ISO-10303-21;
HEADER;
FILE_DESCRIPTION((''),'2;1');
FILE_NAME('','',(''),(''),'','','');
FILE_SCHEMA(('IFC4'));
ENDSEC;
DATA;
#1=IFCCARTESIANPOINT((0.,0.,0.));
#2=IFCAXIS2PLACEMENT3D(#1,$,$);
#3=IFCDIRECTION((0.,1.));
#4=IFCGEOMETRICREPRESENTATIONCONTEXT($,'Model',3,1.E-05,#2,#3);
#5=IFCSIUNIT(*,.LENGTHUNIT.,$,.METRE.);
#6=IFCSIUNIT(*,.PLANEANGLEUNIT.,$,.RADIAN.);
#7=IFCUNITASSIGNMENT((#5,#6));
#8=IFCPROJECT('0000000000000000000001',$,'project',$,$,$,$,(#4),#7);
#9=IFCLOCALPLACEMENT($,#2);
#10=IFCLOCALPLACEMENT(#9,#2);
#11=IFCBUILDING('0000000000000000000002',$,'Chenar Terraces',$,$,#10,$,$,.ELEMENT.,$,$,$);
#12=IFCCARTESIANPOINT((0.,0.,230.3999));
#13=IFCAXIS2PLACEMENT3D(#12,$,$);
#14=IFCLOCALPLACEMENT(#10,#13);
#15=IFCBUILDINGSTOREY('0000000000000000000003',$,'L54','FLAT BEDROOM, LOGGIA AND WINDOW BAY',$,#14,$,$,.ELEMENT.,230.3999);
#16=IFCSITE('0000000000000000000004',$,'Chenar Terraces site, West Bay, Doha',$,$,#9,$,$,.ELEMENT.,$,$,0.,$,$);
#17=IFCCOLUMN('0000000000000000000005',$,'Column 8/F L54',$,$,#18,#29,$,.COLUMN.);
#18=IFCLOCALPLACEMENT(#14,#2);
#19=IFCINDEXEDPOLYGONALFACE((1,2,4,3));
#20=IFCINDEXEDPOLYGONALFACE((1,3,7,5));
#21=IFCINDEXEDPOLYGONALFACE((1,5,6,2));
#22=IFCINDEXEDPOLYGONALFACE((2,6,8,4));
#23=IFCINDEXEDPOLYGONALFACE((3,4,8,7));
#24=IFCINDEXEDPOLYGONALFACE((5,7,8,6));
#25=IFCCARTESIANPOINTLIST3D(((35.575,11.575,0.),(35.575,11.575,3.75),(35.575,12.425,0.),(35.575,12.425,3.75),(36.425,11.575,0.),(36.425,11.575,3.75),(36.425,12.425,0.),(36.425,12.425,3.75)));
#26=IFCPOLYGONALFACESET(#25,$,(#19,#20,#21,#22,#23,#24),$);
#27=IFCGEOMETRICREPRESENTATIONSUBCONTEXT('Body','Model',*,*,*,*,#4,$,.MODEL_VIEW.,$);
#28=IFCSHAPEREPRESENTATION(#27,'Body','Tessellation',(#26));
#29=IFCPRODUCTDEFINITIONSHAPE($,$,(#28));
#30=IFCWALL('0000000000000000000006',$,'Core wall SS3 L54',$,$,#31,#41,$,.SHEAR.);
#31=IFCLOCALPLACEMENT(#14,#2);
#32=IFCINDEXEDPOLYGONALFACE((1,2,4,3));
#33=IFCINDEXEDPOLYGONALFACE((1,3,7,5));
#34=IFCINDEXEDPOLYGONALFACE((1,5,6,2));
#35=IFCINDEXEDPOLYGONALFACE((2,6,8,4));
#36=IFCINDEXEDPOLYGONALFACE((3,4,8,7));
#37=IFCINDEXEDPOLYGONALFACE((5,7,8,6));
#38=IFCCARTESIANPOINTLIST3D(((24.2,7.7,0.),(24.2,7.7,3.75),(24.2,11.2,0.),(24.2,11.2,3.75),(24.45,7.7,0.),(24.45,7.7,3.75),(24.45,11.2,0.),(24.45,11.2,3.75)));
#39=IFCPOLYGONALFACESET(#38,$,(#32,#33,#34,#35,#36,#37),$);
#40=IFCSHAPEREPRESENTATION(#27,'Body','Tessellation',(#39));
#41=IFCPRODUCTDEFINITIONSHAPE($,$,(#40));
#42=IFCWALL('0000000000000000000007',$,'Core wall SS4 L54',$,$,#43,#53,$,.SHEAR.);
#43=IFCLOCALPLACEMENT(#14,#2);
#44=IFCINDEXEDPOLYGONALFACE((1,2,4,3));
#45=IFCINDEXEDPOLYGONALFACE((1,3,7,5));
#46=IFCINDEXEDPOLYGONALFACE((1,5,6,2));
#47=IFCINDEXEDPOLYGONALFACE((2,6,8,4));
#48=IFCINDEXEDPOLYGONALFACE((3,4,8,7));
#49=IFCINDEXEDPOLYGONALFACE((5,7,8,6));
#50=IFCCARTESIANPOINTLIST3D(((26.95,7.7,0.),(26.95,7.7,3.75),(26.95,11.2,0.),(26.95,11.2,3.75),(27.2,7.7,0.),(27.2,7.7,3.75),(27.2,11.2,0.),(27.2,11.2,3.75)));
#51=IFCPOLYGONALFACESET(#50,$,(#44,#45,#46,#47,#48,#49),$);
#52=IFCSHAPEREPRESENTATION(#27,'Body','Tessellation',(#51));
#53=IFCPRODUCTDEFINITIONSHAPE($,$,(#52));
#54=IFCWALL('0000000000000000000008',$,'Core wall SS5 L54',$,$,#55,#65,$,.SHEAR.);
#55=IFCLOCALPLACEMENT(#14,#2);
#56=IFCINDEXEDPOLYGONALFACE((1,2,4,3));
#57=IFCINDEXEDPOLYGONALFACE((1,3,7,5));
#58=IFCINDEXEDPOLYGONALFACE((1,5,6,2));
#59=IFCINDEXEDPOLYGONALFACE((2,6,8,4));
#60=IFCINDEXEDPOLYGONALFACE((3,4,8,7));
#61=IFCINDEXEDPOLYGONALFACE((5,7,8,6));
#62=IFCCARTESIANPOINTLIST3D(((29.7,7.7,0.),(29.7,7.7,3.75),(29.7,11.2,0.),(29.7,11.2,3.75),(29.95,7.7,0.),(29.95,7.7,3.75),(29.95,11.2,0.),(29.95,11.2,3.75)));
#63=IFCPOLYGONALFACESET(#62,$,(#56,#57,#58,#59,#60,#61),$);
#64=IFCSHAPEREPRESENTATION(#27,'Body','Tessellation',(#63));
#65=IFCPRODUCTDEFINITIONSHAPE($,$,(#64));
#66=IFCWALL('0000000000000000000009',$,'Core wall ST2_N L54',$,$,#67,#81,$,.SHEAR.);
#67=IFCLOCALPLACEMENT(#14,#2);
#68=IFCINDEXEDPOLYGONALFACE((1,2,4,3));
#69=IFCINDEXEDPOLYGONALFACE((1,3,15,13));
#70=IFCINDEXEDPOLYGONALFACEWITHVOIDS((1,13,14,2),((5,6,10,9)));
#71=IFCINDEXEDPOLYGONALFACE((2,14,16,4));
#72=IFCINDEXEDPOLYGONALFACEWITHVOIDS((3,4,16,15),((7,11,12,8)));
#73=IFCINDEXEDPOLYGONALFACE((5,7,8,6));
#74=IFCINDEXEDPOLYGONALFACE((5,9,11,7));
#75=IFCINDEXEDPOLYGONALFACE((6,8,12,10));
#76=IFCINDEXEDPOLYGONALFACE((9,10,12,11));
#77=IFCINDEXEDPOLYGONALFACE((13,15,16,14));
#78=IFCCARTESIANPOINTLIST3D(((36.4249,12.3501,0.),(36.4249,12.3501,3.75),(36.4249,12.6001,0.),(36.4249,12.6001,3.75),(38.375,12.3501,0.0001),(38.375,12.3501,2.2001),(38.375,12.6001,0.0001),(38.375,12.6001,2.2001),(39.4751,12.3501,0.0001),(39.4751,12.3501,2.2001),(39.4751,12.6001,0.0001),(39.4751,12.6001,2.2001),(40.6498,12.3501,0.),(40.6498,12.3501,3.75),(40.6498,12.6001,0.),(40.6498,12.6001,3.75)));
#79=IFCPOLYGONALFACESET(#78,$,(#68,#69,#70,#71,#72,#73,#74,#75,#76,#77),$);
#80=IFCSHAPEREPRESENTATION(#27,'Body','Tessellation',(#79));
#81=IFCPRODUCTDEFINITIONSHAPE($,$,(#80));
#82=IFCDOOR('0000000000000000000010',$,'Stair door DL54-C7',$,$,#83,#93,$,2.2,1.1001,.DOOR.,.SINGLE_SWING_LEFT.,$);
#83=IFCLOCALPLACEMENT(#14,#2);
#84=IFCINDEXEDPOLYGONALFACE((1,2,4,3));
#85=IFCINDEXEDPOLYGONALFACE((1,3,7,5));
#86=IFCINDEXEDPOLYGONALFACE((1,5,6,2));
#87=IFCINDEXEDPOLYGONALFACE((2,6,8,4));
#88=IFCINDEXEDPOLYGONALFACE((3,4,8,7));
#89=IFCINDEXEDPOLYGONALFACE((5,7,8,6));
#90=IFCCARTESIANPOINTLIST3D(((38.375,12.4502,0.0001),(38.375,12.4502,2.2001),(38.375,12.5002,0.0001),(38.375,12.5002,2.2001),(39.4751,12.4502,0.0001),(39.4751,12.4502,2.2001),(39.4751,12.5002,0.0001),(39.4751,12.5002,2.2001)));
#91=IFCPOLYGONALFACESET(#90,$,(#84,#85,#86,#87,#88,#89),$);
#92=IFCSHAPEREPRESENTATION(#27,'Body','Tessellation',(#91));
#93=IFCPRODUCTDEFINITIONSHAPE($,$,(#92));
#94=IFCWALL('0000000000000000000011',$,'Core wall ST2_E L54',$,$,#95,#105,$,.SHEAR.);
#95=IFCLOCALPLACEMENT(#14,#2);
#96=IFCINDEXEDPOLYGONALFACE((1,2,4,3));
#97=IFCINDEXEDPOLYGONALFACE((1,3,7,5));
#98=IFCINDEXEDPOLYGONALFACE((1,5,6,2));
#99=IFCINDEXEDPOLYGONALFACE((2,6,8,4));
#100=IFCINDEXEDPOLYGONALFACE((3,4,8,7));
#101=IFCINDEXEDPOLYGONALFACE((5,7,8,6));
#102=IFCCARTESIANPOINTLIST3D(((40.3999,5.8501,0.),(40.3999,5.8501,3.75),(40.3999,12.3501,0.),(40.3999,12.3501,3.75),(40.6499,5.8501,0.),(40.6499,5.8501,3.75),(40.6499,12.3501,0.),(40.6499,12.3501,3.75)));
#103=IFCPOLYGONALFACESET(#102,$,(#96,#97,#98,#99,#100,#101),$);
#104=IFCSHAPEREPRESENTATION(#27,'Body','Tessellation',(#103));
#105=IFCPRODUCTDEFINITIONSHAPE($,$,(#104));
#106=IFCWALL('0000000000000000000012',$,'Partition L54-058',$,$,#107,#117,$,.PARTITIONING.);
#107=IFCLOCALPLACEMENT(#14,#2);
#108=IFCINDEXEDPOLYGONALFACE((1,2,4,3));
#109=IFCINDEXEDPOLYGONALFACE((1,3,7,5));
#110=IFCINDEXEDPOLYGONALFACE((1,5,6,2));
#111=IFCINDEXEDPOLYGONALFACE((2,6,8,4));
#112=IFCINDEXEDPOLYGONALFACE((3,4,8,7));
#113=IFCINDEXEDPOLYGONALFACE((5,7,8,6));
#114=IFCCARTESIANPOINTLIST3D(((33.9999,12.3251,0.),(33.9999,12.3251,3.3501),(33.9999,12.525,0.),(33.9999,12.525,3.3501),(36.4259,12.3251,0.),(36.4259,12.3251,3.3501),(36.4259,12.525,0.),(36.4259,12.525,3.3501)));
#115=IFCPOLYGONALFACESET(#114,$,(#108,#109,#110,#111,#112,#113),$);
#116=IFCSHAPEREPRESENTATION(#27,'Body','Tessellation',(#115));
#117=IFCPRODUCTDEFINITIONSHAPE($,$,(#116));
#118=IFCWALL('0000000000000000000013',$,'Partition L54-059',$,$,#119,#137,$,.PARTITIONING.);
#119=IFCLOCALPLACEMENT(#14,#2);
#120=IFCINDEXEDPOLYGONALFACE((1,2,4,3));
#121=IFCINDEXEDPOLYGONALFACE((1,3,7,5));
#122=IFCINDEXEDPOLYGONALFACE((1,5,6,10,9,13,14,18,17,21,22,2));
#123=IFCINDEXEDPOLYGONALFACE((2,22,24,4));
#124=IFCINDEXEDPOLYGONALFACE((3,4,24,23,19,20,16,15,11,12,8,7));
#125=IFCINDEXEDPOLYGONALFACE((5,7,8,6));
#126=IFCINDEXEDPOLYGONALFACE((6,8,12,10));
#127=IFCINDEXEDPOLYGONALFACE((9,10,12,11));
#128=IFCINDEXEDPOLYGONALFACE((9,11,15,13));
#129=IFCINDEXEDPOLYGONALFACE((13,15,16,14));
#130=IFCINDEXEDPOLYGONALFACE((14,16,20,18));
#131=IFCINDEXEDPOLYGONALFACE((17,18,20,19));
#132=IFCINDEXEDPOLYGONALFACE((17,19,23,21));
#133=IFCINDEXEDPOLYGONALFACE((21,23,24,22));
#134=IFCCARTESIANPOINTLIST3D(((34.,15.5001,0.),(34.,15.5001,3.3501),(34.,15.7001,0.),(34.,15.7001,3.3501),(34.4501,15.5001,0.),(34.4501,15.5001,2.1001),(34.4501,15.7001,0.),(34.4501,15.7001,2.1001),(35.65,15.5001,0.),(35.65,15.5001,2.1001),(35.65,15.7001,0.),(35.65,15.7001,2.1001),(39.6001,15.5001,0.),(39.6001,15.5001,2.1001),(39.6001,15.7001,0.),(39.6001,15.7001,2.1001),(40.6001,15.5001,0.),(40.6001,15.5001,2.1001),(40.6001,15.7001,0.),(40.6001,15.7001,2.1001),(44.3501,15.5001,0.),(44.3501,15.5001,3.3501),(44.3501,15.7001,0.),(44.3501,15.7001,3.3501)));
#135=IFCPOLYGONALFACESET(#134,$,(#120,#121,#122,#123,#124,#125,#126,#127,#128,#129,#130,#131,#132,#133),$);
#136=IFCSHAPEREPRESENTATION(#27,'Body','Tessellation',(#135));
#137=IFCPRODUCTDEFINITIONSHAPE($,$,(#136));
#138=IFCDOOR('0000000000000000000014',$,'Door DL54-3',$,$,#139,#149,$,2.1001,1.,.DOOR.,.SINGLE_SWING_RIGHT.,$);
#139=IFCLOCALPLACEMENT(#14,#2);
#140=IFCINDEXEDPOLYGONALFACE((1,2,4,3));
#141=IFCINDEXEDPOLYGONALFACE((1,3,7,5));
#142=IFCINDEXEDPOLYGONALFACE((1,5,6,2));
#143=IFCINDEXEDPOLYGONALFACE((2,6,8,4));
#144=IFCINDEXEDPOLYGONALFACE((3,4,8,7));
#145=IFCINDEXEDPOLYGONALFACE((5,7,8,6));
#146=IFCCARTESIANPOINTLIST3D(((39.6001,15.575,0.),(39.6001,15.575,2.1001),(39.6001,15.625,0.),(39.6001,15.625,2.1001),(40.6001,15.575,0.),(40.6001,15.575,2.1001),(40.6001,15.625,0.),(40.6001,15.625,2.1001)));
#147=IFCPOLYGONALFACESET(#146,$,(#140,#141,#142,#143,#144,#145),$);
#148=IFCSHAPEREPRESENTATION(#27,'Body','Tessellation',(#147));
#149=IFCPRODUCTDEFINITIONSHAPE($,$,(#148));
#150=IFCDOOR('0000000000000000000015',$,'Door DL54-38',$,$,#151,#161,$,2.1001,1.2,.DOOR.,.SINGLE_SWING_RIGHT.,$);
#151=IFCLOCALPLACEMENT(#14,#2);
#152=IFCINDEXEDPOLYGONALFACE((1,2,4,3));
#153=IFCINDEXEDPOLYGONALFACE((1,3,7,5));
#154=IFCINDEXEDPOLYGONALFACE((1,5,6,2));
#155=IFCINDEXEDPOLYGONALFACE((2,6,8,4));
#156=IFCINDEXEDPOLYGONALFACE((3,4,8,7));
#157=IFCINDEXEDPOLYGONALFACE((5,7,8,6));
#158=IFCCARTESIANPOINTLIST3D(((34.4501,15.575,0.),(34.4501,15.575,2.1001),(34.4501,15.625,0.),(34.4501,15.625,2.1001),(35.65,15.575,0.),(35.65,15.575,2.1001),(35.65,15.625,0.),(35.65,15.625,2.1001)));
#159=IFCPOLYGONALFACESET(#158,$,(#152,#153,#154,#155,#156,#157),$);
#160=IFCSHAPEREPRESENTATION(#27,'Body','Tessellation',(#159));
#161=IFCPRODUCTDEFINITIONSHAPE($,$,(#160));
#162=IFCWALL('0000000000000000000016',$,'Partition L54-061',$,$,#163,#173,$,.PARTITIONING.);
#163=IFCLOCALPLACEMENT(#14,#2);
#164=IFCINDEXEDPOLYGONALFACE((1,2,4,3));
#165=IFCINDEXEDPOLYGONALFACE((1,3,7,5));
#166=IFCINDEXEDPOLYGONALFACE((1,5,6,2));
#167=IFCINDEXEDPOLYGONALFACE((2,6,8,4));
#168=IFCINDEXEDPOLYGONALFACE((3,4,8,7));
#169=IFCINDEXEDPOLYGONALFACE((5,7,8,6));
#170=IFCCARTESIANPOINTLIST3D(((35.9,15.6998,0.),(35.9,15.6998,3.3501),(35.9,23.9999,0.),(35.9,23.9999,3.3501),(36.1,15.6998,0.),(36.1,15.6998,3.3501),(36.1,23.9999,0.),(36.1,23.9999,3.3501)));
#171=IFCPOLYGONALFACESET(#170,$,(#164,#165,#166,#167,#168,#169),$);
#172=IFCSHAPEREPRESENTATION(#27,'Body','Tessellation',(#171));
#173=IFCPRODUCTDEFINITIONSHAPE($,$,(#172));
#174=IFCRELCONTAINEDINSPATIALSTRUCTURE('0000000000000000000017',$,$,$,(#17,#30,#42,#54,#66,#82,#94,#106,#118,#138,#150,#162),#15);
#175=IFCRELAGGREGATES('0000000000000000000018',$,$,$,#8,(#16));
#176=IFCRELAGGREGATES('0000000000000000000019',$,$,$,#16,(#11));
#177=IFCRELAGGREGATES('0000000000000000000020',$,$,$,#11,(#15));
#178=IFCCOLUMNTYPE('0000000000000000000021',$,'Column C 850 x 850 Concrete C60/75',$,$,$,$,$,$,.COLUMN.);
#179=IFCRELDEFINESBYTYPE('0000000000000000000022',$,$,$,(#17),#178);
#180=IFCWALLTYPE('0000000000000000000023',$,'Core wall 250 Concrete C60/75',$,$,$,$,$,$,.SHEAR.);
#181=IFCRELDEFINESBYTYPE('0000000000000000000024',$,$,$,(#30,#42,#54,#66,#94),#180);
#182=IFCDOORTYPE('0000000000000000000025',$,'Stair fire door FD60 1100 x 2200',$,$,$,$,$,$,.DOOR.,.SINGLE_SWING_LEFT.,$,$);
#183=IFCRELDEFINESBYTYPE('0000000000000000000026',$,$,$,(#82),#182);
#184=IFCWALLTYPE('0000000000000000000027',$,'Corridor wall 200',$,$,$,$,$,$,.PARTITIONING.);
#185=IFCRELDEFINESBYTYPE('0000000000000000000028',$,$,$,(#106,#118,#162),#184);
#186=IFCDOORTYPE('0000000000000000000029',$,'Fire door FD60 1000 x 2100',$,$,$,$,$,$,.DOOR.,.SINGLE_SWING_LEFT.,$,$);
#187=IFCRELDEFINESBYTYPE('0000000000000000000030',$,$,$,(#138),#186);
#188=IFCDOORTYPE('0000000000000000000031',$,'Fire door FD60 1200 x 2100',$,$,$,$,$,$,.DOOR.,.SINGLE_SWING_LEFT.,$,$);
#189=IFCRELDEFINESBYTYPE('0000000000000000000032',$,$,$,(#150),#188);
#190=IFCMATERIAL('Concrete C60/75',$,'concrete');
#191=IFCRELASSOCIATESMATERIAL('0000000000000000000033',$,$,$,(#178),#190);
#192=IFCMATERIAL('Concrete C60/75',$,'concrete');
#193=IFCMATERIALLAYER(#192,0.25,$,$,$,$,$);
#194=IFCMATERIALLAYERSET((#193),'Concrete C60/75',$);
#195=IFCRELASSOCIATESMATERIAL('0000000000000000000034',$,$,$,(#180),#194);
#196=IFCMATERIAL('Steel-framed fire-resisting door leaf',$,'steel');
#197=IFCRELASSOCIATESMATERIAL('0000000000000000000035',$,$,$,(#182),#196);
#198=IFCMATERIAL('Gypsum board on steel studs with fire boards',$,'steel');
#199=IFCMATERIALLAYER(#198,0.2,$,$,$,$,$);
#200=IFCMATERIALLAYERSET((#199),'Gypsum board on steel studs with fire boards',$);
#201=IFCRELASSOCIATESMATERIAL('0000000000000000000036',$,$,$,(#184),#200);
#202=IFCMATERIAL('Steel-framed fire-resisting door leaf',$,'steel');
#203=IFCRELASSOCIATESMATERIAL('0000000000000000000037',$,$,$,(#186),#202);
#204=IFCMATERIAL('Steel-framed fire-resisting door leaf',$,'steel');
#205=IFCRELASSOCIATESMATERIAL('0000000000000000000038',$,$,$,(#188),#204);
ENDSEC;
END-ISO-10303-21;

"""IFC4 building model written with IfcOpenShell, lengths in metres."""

from ifc_helpers import new_model, si_unit, direction, frame, frame_2d, origin, origin_2d, place, context, subcontext, project, spatial, rectangle, extrude, material, layer, layer_set, material_profile, profile_set, type_object, element, fill, save


model = new_model("IFC4")

# Units and contexts
model_context = context("Model", 3, precision=1e-05, world=origin(), true_north=direction((0.0, 1.0)))
body_context = subcontext(model_context, "Body", "Model", "MODEL_VIEW")
ifc_project = project(units=[si_unit("LENGTHUNIT", "METRE"), si_unit("PLANEANGLEUNIT", "RADIAN")], contexts=[model_context])

# Site, building, storey
site_placement = place(None, origin())
site = spatial("IfcSite", under=ifc_project, at=site_placement, Name="Chenar Terraces site, West Bay, Doha", CompositionType="ELEMENT", RefElevation=0.0)
building_placement = place(site_placement, origin())
building = spatial("IfcBuilding", under=site, at=building_placement, Name="Chenar Terraces", CompositionType="ELEMENT")
storey_placement = place(building_placement, frame((0.0, 0.0, 230.3999)))
storey = spatial("IfcBuildingStorey", under=building, at=storey_placement, Name="L54", Description="FLAT BEDROOM, LOGGIA AND WINDOW BAY", CompositionType="ELEMENT", Elevation=230.3999)

# Column
ifc_material_1 = material(Name="Concrete C60/75", Category="concrete")
ifc_material_profile = material_profile(ifc_material_1, rectangle(XDim=0.8501, YDim=0.8501, at=origin_2d()), Name="C 850 x 850")
ifc_profile_set = profile_set([ifc_material_profile], Name="Concrete C60/75")
column_type = type_object("IfcColumnType", Name="Column C 850 x 850 Concrete C60/75", PredefinedType="COLUMN", material=ifc_profile_set)
column_placement = place(storey_placement, frame((36.0, 12.0, 0.0), z_axis=(0.0, 0.0, 1.0), x_axis=(1.0, 0.0, 0.0)))
element("IfcColumn", 1, at=column_placement, inside=storey, type_object=column_type, Name="Column 8/F L54", PredefinedType="COLUMN", context=body_context, shape_type="SweptSolid", body=[
    extrude(rectangle(XDim=0.8501, YDim=0.8501, at=origin_2d()), origin(), (0.0, 0.0, 1.0), 3.75),
])

# Walls
ifc_material_2 = material(Name="Concrete C60/75", Category="concrete")
ifc_layer_1 = layer(ifc_material_2, 0.25)
ifc_layer_set_1 = layer_set([ifc_layer_1], Name="Concrete C60/75")
wall_type_1 = type_object("IfcWallType", Name="Core wall 250 Concrete C60/75", PredefinedType="SHEAR", material=ifc_layer_set_1)
for number, where, z_axis, x_axis, name in (
    (2, (24.325, 7.7, 0.0), (0.0, 0.0, 1.0), (0.0, 1.0, 0.0), "Core wall SS3 L54"),
    (3, (27.075, 7.7, 0.0), (0.0, 0.0, 1.0), (0.0, 1.0, 0.0), "Core wall SS4 L54"),
    (4, (29.825, 7.7, 0.0), (0.0, 0.0, 1.0), (0.0, 1.0, 0.0), "Core wall SS5 L54"),
):
    element("IfcWall", number, at=place(storey_placement, frame(where, z_axis=z_axis, x_axis=x_axis)), inside=storey, type_object=wall_type_1, Name=name, PredefinedType="SHEAR", context=body_context, shape_type="SweptSolid", body=[
        extrude(rectangle(XDim=3.5, YDim=0.25, at=frame_2d((1.75, 0.0))), origin(), (0.0, 0.0, 1.0), 3.75),
    ])

# Wall, opening, door
wall_1_placement = place(storey_placement, frame((36.425, 12.4751, 0.0), z_axis=(0.0, 0.0, 1.0), x_axis=(1.0, 0.0, 0.0)))
wall_1 = element("IfcWall", 5, at=wall_1_placement, inside=storey, type_object=wall_type_1, Name="Core wall ST2_N L54", PredefinedType="SHEAR", context=body_context, shape_type="SweptSolid", body=[
    extrude(rectangle(XDim=4.2249, YDim=0.25, at=frame_2d((2.1123, 0.0))), origin(), (0.0, 0.0, 1.0), 3.75),
])
opening_1_placement = place(wall_1_placement, frame((1.95, 0.0, 0.0)))
opening_1 = element("IfcOpeningElement", 6, at=opening_1_placement, cuts=wall_1, PredefinedType="OPENING", context=body_context, shape_type="SweptSolid", body=[
    extrude(rectangle(XDim=1.1001, YDim=2.2, at=frame_2d((0.55, 1.1001))), frame((0.0, 0.135, 0.0), z_axis=(0.0, -1.0, 0.0), x_axis=(1.0, 0.0, 0.0)), (0.0, 0.0, 1.0), 0.27),
])
ifc_material_3 = material(Name="Steel-framed fire-resisting door leaf", Category="steel")
door_type_1 = type_object("IfcDoorType", Name="Stair fire door FD60 1100 x 2200", OperationType="SINGLE_SWING_LEFT", PredefinedType="DOOR", material=ifc_material_3)
door_1_placement = place(opening_1_placement, frame((1.1001, 0.0, 0.0), z_axis=(0.0, 0.0, 1.0), x_axis=(-1.0, 0.0, 0.0)))
door_1 = element("IfcDoor", 7, at=door_1_placement, inside=storey, type_object=door_type_1, Name="Stair door DL54-C7", OperationType="SINGLE_SWING_LEFT", OverallHeight=2.2, OverallWidth=1.1001, PredefinedType="DOOR", context=body_context, shape_type="SweptSolid", body=[
    extrude(rectangle(XDim=1.1001, YDim=2.2, at=frame_2d((0.55, 1.1001))), frame((0.0, 0.0249, 0.0), z_axis=(0.0, -1.0, 0.0), x_axis=(1.0, 0.0, 0.0)), (0.0, 0.0, 1.0), 0.05),
])
fill(opening_1, door_1)

# Wall
wall_2_placement = place(storey_placement, frame((40.5249, 5.8501, 0.0), z_axis=(0.0, 0.0, 1.0), x_axis=(0.0, 1.0, 0.0)))
element("IfcWall", 8, at=wall_2_placement, inside=storey, type_object=wall_type_1, Name="Core wall ST2_E L54", PredefinedType="SHEAR", context=body_context, shape_type="SweptSolid", body=[
    extrude(rectangle(XDim=6.5, YDim=0.25, at=frame_2d((3.25, 0.0))), origin(), (0.0, 0.0, 1.0), 3.75),
])

# Wall
ifc_material_4 = material(Name="Gypsum board on steel studs with fire boards", Category="steel")
ifc_layer_2 = layer(ifc_material_4, 0.2)
ifc_layer_set_2 = layer_set([ifc_layer_2], Name="Gypsum board on steel studs with fire boards")
wall_type_2 = type_object("IfcWallType", Name="Corridor wall 200", PredefinedType="PARTITIONING", material=ifc_layer_set_2)
wall_3_placement = place(storey_placement, frame((34.0, 12.425, 0.0), z_axis=(0.0, 0.0, 1.0), x_axis=(1.0, 0.0, 0.0)))
element("IfcWall", 9, at=wall_3_placement, inside=storey, type_object=wall_type_2, Name="Partition L54-058", PredefinedType="PARTITIONING", context=body_context, shape_type="SweptSolid", body=[
    extrude(rectangle(XDim=2.426, YDim=0.2, at=frame_2d((1.2129, 0.0))), origin(), (0.0, 0.0, 1.0), 3.3501),
])

# Wall, openings, doors
wall_4_placement = place(storey_placement, frame((34.0, 15.6001, 0.0), z_axis=(0.0, 0.0, 1.0), x_axis=(1.0, 0.0, 0.0)))
wall_4 = element("IfcWall", 10, at=wall_4_placement, inside=storey, type_object=wall_type_2, Name="Partition L54-059", PredefinedType="PARTITIONING", context=body_context, shape_type="SweptSolid", body=[
    extrude(rectangle(XDim=10.3501, YDim=0.2, at=frame_2d((5.175, 0.0))), origin(), (0.0, 0.0, 1.0), 3.3501),
])
opening_2_placement = place(wall_4_placement, frame((5.6001, 0.0, 0.0)))
opening_2 = element("IfcOpeningElement", 11, at=opening_2_placement, cuts=wall_4, PredefinedType="OPENING", context=body_context, shape_type="SweptSolid", body=[
    extrude(rectangle(XDim=1.0, YDim=2.1001, at=frame_2d((0.5, 1.05))), frame((0.0, 0.1099, 0.0), z_axis=(0.0, -1.0, 0.0), x_axis=(1.0, 0.0, 0.0)), (0.0, 0.0, 1.0), 0.22),
])
opening_3_placement = place(wall_4_placement, frame((0.45, 0.0, 0.0)))
opening_3 = element("IfcOpeningElement", 12, at=opening_3_placement, cuts=wall_4, PredefinedType="OPENING", context=body_context, shape_type="SweptSolid", body=[
    extrude(rectangle(XDim=1.2, YDim=2.1001, at=frame_2d((0.6001, 1.05))), frame((0.0, 0.1099, 0.0), z_axis=(0.0, -1.0, 0.0), x_axis=(1.0, 0.0, 0.0)), (0.0, 0.0, 1.0), 0.22),
])
ifc_material_5 = material(Name="Steel-framed fire-resisting door leaf", Category="steel")
door_type_2 = type_object("IfcDoorType", Name="Fire door FD60 1000 x 2100", OperationType="SINGLE_SWING_LEFT", PredefinedType="DOOR", material=ifc_material_5)
door_2_placement = place(opening_2_placement, origin())
door_2 = element("IfcDoor", 13, at=door_2_placement, inside=storey, type_object=door_type_2, Name="Door DL54-3", OperationType="SINGLE_SWING_RIGHT", OverallHeight=2.1001, OverallWidth=1.0, PredefinedType="DOOR", context=body_context, shape_type="SweptSolid", body=[
    extrude(rectangle(XDim=1.0, YDim=2.1001, at=frame_2d((0.5, 1.05))), frame((0.0, 0.0249, 0.0), z_axis=(0.0, -1.0, 0.0), x_axis=(1.0, 0.0, 0.0)), (0.0, 0.0, 1.0), 0.05),
])
fill(opening_2, door_2)
ifc_material_6 = material(Name="Steel-framed fire-resisting door leaf", Category="steel")
door_type_3 = type_object("IfcDoorType", Name="Fire door FD60 1200 x 2100", OperationType="SINGLE_SWING_LEFT", PredefinedType="DOOR", material=ifc_material_6)
door_3_placement = place(opening_3_placement, origin())
door_3 = element("IfcDoor", 14, at=door_3_placement, inside=storey, type_object=door_type_3, Name="Door DL54-38", OperationType="SINGLE_SWING_RIGHT", OverallHeight=2.1001, OverallWidth=1.2, PredefinedType="DOOR", context=body_context, shape_type="SweptSolid", body=[
    extrude(rectangle(XDim=1.2, YDim=2.1001, at=frame_2d((0.6001, 1.05))), frame((0.0, 0.0249, 0.0), z_axis=(0.0, -1.0, 0.0), x_axis=(1.0, 0.0, 0.0)), (0.0, 0.0, 1.0), 0.05),
])
fill(opening_3, door_3)

# Wall
wall_5_placement = place(storey_placement, frame((36.0, 15.7, 0.0), z_axis=(0.0, 0.0, 1.0), x_axis=(0.0, 1.0, 0.0)))
element("IfcWall", 15, at=wall_5_placement, inside=storey, type_object=wall_type_2, Name="Partition L54-061", PredefinedType="PARTITIONING", context=body_context, shape_type="SweptSolid", body=[
    extrude(rectangle(XDim=8.3, YDim=0.2, at=frame_2d((4.1499, 0.0))), origin(), (0.0, 0.0, 1.0), 3.3501),
])

save(model, "model.ifc")
